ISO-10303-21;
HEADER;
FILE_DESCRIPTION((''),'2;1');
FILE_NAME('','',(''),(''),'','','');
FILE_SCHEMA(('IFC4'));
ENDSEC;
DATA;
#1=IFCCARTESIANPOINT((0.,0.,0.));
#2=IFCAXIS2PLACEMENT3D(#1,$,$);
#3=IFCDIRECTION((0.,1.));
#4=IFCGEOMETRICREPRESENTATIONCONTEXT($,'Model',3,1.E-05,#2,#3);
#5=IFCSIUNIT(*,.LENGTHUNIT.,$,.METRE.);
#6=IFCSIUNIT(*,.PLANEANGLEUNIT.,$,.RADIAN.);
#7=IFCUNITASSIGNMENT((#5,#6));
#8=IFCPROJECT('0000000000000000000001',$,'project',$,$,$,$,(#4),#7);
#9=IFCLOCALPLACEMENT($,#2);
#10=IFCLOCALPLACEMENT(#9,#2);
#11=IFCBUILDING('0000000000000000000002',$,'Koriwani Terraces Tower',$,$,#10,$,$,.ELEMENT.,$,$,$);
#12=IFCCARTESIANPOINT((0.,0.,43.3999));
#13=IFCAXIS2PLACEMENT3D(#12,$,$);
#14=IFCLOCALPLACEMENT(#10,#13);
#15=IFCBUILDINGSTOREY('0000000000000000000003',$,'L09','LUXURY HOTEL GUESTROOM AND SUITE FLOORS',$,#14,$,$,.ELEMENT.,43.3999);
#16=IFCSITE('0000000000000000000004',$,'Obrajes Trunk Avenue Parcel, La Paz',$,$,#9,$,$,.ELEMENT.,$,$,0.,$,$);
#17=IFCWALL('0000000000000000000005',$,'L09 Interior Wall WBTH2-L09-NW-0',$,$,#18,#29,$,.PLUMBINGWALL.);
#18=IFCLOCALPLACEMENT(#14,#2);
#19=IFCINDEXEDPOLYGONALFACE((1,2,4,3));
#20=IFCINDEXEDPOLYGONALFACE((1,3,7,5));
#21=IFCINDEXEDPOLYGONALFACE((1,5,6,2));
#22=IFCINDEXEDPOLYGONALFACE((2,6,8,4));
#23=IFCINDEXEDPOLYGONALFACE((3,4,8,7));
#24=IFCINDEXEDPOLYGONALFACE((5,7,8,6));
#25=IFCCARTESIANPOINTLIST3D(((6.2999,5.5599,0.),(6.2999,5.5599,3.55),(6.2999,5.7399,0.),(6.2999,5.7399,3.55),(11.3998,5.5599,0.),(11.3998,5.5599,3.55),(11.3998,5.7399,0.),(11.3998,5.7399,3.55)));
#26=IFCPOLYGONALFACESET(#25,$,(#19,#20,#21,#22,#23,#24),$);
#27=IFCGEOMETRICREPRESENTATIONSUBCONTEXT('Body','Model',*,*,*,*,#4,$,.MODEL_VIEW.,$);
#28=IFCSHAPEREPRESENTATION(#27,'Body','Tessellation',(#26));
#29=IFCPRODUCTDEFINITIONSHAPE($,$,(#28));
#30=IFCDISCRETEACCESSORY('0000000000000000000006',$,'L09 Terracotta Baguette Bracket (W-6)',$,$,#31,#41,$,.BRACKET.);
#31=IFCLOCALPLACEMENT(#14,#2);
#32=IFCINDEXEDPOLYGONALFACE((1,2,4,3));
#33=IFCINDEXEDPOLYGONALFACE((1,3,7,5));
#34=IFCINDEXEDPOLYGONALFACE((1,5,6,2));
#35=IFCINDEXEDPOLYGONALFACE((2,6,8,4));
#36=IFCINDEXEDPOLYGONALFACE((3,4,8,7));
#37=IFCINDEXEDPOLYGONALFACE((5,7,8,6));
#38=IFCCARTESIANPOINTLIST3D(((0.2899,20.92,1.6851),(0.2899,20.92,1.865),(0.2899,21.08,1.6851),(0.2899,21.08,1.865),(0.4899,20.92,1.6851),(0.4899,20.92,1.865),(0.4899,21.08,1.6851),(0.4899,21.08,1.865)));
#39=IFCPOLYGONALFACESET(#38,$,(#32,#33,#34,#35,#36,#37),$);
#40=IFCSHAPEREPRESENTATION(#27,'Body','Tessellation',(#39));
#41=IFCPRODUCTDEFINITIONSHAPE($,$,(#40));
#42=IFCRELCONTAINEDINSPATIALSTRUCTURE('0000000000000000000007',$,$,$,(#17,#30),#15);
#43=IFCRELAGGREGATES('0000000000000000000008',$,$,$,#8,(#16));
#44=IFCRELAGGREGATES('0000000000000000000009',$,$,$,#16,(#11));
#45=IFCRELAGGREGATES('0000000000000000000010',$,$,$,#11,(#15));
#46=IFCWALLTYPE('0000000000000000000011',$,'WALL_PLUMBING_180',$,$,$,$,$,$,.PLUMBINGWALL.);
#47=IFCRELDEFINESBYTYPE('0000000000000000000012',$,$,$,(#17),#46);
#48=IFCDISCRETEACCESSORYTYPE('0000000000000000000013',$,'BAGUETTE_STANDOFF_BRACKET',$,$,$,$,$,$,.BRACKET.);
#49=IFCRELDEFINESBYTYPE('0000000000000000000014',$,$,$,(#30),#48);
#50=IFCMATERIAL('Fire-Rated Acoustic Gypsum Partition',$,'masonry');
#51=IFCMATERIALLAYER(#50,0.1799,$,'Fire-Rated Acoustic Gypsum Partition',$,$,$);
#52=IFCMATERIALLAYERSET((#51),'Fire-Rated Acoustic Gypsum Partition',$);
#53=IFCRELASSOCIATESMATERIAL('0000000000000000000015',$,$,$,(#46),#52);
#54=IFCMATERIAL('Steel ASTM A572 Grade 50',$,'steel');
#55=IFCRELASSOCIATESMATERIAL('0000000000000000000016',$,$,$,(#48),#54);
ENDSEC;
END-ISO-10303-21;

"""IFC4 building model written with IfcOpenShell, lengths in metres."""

from ifc_helpers import new_model, si_unit, direction, frame, frame_2d, origin, origin_2d, place, context, subcontext, project, spatial, rectangle, extrude, material, layer, layer_set, type_object, element, save


model = new_model("IFC4")

# Units and contexts
model_context = context("Model", 3, precision=1e-05, world=origin(), true_north=direction((0.0, 1.0)))
body_context = subcontext(model_context, "Body", "Model", "MODEL_VIEW")
ifc_project = project(units=[si_unit("LENGTHUNIT", "METRE"), si_unit("PLANEANGLEUNIT", "RADIAN")], contexts=[model_context])

# Site, building, storey
site_placement = place(None, origin())
site = spatial("IfcSite", under=ifc_project, at=site_placement, Name="Obrajes Trunk Avenue Parcel, La Paz", CompositionType="ELEMENT", RefElevation=0.0)
building_placement = place(site_placement, origin())
building = spatial("IfcBuilding", under=site, at=building_placement, Name="Koriwani Terraces Tower", CompositionType="ELEMENT")
storey_placement = place(building_placement, frame((0.0, 0.0, 43.3999)))
storey = spatial("IfcBuildingStorey", under=building, at=storey_placement, Name="L09", Description="LUXURY HOTEL GUESTROOM AND SUITE FLOORS", CompositionType="ELEMENT", Elevation=43.3999)

# Shared definitions
ifc_material_1 = material(Name="Steel ASTM A572 Grade 50", Category="steel")

# Shared definitions
ifc_material_2 = material(Name="Fire-Rated Acoustic Gypsum Partition", Category="masonry")
ifc_layer_1 = layer(ifc_material_2, 0.1799, Name="Fire-Rated Acoustic Gypsum Partition")
ifc_layer_set_1 = layer_set([ifc_layer_1], Name="Fire-Rated Acoustic Gypsum Partition")
wall_type_1 = type_object("IfcWallType", Name="WALL_PLUMBING_180", PredefinedType="PLUMBINGWALL", material=ifc_layer_set_1)

# Wall
wall_1_placement = place(storey_placement, frame((6.3, 5.6499, 0.0), z_axis=(0.0, 0.0, 1.0), x_axis=(1.0, 0.0, 0.0)))
element("IfcWall", 1, at=wall_1_placement, inside=storey, type_object=wall_type_1, Name="L09 Interior Wall WBTH2-L09-NW-0", PredefinedType="PLUMBINGWALL", context=body_context, shape_type="SweptSolid", body=[
    extrude(rectangle(XDim=5.0999, YDim=0.1799, at=frame_2d((2.5498, 0.0))), origin(), (0.0, 0.0, 1.0), 3.55),
])

# Discrete accessory
discrete_accessory_type = type_object("IfcDiscreteAccessoryType", Name="BAGUETTE_STANDOFF_BRACKET", PredefinedType="BRACKET", material=ifc_material_1)
discrete_accessory_placement = place(storey_placement, frame((0.3899, 21.0, 1.6851), z_axis=(0.0, 0.0, 1.0), x_axis=(0.0, 1.0, 0.0)))
element("IfcDiscreteAccessory", 2, at=discrete_accessory_placement, inside=storey, type_object=discrete_accessory_type, Name="L09 Terracotta Baguette Bracket (W-6)", PredefinedType="BRACKET", context=body_context, shape_type="SweptSolid", body=[
    extrude(rectangle(XDim=0.1599, YDim=0.2, at=origin_2d()), origin(), (0.0, 0.0, 1.0), 0.1799),
])

save(model, "model.ifc")
